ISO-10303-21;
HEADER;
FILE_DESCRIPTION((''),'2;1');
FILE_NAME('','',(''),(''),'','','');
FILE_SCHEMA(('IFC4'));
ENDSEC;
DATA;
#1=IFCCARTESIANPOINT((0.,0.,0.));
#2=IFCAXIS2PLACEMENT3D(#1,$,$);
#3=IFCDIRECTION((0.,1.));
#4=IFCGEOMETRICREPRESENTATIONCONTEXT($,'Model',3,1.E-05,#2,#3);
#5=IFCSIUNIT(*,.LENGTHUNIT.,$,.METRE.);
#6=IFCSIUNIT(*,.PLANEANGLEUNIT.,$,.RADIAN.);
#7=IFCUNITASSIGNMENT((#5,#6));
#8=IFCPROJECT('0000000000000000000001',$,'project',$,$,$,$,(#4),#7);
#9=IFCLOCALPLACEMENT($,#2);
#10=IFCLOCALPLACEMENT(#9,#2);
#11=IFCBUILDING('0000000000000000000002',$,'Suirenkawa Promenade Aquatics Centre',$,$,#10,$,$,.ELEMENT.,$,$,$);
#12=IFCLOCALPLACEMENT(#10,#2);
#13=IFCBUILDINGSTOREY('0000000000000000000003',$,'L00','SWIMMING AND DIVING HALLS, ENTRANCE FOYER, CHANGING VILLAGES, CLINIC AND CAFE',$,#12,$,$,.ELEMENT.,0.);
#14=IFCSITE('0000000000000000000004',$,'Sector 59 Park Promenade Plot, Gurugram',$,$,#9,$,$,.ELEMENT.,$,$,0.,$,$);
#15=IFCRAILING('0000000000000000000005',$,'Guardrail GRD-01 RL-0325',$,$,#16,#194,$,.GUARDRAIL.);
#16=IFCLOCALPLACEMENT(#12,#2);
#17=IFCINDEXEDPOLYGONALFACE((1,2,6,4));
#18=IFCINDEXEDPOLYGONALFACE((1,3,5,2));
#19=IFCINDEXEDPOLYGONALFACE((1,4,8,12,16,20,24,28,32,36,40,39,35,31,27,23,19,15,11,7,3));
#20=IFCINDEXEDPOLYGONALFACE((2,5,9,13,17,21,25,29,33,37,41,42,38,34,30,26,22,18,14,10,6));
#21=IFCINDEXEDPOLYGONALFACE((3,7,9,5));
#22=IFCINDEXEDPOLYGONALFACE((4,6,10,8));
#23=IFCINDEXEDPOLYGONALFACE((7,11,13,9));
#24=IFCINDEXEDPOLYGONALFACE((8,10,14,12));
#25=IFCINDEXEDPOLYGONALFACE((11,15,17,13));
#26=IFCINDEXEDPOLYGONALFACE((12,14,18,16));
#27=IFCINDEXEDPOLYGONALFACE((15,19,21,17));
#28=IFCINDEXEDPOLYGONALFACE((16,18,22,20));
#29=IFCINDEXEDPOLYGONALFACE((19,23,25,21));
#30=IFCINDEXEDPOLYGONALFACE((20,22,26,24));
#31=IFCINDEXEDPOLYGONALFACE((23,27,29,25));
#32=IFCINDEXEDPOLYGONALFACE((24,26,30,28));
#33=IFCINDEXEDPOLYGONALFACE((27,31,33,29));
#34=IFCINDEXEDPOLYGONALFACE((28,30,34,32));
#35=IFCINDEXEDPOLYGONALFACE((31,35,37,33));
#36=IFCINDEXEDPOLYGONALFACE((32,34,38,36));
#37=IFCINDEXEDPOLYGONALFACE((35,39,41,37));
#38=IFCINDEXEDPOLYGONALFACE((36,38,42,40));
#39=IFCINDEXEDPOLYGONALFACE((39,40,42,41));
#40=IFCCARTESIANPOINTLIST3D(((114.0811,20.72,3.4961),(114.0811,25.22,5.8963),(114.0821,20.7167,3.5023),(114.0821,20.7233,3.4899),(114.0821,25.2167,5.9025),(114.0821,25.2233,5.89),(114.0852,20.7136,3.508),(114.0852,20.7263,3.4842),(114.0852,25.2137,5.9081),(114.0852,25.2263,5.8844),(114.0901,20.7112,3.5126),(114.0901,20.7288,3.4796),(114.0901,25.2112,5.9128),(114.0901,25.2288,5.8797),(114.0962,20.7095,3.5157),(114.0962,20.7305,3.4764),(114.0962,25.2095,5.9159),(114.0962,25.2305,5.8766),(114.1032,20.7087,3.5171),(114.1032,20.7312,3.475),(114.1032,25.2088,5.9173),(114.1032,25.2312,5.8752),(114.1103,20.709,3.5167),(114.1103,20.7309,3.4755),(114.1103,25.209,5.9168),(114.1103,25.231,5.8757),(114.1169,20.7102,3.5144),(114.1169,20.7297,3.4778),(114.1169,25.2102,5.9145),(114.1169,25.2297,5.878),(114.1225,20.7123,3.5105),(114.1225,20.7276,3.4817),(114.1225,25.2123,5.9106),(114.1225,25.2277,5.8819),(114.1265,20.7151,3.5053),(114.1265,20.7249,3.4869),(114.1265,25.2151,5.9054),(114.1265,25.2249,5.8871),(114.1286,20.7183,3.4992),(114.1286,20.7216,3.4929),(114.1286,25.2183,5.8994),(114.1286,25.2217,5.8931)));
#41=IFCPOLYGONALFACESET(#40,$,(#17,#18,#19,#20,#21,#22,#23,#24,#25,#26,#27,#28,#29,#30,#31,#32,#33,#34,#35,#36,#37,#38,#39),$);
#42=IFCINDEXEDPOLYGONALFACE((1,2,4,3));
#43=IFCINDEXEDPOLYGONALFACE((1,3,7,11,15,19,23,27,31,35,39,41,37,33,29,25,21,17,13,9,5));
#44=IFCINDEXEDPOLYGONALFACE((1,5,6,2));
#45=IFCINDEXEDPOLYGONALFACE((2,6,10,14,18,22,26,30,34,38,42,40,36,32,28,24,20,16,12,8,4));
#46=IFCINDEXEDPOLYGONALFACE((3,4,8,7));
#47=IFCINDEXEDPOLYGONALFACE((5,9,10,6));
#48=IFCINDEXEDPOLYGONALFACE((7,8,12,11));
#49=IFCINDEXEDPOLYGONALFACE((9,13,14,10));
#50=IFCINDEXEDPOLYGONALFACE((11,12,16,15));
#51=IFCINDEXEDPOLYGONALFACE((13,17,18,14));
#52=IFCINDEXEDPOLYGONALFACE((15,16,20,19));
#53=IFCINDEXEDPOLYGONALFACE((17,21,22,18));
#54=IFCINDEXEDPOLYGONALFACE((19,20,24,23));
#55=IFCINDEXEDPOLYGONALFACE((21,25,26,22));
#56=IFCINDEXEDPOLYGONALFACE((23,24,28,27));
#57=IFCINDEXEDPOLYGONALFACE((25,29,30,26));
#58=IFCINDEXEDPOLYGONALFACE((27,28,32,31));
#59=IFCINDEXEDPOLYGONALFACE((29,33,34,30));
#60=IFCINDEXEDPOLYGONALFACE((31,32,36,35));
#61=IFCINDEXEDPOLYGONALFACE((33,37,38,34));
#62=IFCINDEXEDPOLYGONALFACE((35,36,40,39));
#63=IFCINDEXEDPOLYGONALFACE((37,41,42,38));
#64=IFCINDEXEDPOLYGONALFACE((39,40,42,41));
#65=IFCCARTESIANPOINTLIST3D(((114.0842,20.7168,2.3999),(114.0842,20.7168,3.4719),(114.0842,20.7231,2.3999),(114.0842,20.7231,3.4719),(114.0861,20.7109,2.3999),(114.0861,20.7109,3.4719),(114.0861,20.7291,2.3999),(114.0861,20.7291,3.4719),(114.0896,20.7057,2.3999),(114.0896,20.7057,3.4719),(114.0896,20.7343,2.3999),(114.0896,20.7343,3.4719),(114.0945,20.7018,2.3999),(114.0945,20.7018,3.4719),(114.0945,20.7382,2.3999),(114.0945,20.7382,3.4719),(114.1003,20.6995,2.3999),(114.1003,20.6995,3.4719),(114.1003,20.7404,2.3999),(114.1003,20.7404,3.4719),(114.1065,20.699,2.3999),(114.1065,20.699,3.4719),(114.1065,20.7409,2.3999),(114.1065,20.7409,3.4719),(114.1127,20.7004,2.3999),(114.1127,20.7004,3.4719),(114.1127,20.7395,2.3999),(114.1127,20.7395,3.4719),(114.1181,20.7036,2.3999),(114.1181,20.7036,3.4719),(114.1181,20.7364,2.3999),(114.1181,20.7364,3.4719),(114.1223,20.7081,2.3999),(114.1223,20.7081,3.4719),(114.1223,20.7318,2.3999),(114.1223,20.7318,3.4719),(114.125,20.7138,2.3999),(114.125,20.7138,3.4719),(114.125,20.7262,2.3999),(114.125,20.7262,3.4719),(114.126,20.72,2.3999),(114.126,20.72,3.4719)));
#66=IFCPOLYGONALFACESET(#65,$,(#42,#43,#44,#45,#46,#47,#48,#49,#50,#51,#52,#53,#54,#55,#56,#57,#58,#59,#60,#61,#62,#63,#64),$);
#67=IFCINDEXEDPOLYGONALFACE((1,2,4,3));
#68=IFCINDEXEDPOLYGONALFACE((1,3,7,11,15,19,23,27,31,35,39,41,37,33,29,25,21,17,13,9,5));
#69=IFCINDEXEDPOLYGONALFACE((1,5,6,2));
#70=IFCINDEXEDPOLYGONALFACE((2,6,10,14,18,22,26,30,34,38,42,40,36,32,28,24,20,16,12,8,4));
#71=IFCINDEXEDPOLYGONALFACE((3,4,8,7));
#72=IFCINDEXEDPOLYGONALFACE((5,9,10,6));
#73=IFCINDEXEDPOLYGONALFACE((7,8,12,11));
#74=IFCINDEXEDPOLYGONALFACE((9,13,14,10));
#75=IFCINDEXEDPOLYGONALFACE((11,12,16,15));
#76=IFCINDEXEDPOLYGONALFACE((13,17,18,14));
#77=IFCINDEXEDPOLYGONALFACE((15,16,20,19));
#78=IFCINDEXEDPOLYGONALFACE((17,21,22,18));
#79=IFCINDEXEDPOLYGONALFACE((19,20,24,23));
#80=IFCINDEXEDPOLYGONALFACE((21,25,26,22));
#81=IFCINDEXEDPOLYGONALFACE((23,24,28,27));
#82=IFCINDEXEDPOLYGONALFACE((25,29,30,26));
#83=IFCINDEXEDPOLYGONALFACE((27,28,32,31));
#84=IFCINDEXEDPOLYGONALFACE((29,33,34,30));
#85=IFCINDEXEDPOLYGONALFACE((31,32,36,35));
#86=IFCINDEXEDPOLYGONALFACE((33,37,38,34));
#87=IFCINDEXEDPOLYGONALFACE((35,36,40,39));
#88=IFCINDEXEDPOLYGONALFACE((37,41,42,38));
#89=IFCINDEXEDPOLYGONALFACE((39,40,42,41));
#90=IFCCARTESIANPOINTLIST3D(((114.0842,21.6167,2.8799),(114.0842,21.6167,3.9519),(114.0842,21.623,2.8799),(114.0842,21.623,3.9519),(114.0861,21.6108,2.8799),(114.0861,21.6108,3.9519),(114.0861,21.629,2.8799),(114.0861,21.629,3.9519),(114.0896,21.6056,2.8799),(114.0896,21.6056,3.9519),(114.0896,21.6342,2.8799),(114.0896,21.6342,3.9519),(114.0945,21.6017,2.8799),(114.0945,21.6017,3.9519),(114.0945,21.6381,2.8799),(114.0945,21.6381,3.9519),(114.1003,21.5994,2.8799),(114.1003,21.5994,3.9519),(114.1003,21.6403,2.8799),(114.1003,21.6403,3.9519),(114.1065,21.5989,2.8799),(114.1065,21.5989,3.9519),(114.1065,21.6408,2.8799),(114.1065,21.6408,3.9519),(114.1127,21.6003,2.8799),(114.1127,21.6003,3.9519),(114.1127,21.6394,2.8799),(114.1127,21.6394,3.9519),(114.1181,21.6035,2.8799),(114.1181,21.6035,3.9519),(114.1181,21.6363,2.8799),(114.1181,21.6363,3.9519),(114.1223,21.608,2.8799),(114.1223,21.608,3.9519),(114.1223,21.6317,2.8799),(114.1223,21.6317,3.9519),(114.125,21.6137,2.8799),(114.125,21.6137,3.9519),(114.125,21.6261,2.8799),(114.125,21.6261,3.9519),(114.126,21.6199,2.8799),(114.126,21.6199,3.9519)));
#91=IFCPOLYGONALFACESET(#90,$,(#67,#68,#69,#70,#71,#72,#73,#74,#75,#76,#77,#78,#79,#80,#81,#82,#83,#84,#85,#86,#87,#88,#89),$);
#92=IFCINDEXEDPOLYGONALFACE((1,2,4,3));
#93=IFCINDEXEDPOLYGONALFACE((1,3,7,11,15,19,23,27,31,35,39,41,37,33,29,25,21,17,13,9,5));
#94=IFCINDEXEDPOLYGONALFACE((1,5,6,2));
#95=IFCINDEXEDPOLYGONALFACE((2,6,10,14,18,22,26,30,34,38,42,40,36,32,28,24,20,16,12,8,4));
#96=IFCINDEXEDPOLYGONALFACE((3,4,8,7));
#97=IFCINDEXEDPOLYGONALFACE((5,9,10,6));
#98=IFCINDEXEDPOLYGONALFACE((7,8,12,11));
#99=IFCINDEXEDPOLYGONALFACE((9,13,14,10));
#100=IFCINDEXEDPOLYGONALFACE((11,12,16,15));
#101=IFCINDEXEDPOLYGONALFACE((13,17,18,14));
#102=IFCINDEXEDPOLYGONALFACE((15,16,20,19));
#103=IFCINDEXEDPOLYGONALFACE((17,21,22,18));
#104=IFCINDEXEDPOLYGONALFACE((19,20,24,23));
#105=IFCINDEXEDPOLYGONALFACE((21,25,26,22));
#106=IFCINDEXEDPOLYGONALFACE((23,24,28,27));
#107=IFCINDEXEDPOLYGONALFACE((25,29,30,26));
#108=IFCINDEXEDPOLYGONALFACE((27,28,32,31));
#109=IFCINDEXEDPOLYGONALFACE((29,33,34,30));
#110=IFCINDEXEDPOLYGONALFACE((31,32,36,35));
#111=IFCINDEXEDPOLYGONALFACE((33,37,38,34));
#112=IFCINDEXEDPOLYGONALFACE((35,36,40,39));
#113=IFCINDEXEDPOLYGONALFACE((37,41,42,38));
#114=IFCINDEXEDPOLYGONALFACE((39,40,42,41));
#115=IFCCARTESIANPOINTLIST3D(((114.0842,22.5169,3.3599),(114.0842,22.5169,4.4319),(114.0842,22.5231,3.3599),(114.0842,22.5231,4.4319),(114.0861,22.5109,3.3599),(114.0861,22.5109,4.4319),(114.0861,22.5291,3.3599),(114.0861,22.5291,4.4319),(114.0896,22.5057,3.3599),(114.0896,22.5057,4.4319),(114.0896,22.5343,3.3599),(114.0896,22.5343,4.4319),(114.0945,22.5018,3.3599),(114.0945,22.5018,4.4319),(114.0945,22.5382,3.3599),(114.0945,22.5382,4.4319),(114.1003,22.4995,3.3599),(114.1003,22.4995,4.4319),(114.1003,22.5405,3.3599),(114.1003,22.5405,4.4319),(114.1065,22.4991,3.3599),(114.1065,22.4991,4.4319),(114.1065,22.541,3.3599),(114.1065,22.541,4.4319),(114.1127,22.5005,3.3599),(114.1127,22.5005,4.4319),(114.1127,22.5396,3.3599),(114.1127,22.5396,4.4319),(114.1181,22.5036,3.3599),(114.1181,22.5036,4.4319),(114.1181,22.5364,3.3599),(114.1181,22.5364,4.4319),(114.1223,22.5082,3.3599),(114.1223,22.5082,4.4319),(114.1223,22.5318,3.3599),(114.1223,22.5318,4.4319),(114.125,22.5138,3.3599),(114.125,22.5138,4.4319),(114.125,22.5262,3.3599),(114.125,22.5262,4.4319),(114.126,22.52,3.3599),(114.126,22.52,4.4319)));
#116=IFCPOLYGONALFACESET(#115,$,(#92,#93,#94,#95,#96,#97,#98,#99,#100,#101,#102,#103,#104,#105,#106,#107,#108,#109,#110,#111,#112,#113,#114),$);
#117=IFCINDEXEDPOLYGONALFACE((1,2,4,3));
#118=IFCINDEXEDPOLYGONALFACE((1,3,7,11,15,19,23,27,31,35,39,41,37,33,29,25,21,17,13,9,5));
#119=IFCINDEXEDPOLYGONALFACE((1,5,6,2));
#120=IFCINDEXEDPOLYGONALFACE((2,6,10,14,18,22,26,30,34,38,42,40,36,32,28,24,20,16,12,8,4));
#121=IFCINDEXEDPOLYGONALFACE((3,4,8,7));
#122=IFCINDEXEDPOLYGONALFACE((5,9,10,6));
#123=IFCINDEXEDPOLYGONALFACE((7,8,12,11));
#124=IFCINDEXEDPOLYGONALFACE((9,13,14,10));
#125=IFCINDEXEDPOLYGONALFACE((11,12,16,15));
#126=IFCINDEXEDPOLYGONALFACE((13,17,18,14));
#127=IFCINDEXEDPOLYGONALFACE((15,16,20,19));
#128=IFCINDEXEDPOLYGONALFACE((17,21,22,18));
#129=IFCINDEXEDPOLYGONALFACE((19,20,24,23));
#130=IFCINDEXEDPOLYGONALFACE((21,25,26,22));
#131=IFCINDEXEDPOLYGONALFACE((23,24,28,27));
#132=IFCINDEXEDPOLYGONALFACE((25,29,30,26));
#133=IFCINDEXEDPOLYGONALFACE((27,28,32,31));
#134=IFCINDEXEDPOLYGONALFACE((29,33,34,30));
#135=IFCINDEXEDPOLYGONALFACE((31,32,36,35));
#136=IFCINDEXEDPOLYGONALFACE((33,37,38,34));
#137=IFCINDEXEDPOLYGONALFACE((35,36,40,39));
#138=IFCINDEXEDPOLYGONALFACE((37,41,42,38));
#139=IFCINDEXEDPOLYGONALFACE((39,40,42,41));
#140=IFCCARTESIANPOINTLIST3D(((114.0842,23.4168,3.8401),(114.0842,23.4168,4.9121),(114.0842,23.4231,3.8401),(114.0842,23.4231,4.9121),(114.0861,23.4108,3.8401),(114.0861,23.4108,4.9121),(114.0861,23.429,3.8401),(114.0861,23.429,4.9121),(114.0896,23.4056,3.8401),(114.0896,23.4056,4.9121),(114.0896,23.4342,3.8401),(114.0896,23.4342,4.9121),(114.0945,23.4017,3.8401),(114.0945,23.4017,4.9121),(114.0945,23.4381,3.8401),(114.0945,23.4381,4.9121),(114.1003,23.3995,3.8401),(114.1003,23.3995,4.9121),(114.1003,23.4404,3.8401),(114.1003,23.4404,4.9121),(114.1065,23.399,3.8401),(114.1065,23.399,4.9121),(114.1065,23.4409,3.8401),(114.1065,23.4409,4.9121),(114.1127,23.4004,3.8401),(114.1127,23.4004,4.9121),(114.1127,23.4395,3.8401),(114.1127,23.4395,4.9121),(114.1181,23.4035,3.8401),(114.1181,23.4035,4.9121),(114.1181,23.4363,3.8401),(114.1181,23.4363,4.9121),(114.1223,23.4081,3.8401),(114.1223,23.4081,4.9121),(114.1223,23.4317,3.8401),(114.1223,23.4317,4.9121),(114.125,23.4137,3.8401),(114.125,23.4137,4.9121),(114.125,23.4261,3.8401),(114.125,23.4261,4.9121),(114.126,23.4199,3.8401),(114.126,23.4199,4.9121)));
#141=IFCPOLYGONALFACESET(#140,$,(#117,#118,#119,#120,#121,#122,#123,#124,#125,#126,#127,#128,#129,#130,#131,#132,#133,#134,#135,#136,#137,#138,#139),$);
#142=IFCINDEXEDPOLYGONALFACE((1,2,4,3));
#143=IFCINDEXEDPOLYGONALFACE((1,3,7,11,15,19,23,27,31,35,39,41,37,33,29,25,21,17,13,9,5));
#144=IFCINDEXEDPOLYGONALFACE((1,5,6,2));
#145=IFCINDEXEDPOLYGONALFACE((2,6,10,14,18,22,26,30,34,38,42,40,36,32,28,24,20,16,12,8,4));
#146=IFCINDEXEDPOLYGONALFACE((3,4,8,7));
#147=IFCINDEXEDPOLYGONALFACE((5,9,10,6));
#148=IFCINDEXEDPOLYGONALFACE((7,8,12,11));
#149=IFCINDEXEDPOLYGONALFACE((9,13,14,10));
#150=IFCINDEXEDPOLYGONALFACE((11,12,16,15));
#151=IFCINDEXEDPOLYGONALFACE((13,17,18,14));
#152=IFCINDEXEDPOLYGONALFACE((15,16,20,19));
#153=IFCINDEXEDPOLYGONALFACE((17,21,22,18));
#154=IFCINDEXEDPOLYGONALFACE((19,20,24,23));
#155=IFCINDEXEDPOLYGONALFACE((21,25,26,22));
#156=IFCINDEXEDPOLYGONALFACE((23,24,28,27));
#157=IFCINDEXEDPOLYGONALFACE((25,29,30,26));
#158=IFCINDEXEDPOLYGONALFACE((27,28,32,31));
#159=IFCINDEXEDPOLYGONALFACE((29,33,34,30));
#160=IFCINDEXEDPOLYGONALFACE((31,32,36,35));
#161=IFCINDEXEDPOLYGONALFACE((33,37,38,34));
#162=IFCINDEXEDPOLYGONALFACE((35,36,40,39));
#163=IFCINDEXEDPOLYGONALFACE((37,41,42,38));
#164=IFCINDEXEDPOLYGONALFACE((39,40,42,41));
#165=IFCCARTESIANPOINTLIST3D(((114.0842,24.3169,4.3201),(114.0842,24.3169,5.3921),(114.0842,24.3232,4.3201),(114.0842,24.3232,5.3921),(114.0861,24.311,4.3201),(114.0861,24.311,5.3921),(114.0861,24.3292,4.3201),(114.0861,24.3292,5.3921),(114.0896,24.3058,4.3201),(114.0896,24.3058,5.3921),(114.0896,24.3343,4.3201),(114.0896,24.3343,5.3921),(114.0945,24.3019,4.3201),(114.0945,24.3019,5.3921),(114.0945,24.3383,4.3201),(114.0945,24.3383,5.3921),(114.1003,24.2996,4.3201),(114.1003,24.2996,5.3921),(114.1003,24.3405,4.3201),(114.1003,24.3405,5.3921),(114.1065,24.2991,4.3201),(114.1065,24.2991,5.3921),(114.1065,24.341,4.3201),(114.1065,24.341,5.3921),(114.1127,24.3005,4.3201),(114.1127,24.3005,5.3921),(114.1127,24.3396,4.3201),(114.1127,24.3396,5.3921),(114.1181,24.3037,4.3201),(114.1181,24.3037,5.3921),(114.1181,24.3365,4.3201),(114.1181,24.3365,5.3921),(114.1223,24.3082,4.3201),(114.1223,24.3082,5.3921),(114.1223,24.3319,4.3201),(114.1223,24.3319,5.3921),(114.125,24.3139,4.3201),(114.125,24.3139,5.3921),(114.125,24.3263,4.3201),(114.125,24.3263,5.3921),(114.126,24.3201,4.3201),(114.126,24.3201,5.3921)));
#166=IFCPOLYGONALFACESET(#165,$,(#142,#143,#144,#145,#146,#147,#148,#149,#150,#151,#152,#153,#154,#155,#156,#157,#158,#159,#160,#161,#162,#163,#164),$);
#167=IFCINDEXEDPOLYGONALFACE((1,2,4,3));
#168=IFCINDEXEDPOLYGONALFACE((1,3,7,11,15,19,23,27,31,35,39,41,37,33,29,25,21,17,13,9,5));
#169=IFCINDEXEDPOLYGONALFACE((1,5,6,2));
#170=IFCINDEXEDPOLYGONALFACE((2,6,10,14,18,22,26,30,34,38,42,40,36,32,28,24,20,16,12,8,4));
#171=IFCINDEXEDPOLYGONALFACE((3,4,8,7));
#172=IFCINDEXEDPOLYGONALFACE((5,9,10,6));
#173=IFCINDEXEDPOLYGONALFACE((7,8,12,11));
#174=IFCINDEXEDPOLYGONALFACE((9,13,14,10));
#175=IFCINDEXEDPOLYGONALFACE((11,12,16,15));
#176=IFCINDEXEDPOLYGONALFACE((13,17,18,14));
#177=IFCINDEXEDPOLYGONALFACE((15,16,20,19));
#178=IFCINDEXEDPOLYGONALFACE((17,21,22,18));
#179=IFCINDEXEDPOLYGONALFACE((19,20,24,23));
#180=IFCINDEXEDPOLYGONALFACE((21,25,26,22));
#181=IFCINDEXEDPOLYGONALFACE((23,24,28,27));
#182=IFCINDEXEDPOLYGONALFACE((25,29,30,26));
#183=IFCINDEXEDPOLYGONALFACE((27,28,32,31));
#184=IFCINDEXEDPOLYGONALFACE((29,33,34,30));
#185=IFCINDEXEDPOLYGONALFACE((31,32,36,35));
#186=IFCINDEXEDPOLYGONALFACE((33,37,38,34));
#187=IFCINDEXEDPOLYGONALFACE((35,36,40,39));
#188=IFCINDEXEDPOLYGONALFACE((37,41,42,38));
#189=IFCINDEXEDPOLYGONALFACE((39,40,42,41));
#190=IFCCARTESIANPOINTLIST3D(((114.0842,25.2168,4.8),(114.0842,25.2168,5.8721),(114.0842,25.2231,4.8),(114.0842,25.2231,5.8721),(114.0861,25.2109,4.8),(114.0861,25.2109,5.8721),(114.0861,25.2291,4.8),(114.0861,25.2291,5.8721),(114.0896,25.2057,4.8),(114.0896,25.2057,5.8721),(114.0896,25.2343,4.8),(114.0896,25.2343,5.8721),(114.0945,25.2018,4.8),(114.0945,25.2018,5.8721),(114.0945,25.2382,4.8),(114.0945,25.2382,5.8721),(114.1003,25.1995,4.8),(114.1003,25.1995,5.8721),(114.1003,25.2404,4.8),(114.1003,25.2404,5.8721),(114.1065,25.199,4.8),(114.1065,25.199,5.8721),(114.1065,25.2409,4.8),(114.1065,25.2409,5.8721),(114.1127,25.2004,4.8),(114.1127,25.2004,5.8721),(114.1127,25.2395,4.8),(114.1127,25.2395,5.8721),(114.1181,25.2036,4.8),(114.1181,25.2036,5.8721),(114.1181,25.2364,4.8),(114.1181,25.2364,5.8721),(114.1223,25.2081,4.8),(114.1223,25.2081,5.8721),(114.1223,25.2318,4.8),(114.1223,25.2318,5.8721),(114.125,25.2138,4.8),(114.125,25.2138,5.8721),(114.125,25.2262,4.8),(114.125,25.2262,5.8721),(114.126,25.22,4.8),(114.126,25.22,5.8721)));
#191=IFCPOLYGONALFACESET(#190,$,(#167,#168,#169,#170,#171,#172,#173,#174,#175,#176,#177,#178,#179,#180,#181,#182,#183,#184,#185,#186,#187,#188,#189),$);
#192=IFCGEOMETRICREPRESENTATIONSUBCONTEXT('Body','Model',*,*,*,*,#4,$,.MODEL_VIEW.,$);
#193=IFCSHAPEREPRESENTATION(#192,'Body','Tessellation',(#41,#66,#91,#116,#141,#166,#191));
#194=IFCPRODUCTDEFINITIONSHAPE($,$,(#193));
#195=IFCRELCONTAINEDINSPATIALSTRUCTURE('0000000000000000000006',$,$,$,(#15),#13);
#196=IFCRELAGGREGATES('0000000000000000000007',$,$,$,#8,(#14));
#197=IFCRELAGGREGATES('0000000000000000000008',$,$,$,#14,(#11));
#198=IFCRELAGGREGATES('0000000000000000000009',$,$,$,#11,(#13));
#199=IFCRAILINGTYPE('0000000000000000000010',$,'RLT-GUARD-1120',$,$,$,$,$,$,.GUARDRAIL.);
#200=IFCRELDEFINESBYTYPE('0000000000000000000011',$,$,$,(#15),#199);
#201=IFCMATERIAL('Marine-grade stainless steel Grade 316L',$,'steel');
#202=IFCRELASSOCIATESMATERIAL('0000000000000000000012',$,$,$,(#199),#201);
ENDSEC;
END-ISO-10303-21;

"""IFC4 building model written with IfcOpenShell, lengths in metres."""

from ifc_helpers import new_model, si_unit, direction, frame, origin, origin_2d, place, context, subcontext, project, spatial, circle, extrude, material, type_object, element, save


model = new_model("IFC4")

# Units and contexts
model_context = context("Model", 3, precision=1e-05, world=origin(), true_north=direction((0.0, 1.0)))
body_context = subcontext(model_context, "Body", "Model", "MODEL_VIEW")
ifc_project = project(units=[si_unit("LENGTHUNIT", "METRE"), si_unit("PLANEANGLEUNIT", "RADIAN")], contexts=[model_context])

# Site, building, storey
site_placement = place(None, origin())
site = spatial("IfcSite", under=ifc_project, at=site_placement, Name="Sector 59 Park Promenade Plot, Gurugram", CompositionType="ELEMENT", RefElevation=0.0)
building_placement = place(site_placement, origin())
building = spatial("IfcBuilding", under=site, at=building_placement, Name="Suirenkawa Promenade Aquatics Centre", CompositionType="ELEMENT")
storey_placement = place(building_placement, origin())
storey = spatial("IfcBuildingStorey", under=building, at=storey_placement, Name="L00", Description="SWIMMING AND DIVING HALLS, ENTRANCE FOYER, CHANGING VILLAGES, CLINIC AND CAFE", CompositionType="ELEMENT", Elevation=0.0)

# Railing
ifc_material_1 = material(Name="Marine-grade stainless steel Grade 316L", Category="steel")
railing_type_1 = type_object("IfcRailingType", Name="RLT-GUARD-1120", PredefinedType="GUARDRAIL", material=ifc_material_1)
for number, where, name in (
    (1, (114.105, 20.72, 2.3999), "Guardrail GRD-01 RL-0325"),
):
    element("IfcRailing", number, at=place(storey_placement, frame(where)), inside=storey, type_object=railing_type_1, Name=name, PredefinedType="GUARDRAIL", context=body_context, shape_type="SweptSolid", body=[
        extrude(circle(Radius=0.0239, at=origin_2d()), frame((0.0, 0.0, 1.0962), z_axis=(0.0, 0.882341, 0.470611), x_axis=(-1.0, 0.0, 0.0)), (0.0, 0.0, 1.0), 5.1001),
        extrude(circle(Radius=0.021, at=origin_2d()), origin(), (0.0, 0.0, 1.0), 1.072),
        extrude(circle(Radius=0.021, at=origin_2d()), frame((0.0, 0.8999, 0.48)), (0.0, 0.0, 1.0), 1.072),
        extrude(circle(Radius=0.021, at=origin_2d()), frame((0.0, 1.8, 0.96)), (0.0, 0.0, 1.0), 1.072),
        extrude(circle(Radius=0.021, at=origin_2d()), frame((0.0, 2.7, 1.4402)), (0.0, 0.0, 1.0), 1.072),
        extrude(circle(Radius=0.021, at=origin_2d()), frame((0.0, 3.6001, 1.9202)), (0.0, 0.0, 1.0), 1.072),
        extrude(circle(Radius=0.021, at=origin_2d()), frame((0.0, 4.5, 2.4001)), (0.0, 0.0, 1.0), 1.072),
    ])

save(model, "model.ifc")
